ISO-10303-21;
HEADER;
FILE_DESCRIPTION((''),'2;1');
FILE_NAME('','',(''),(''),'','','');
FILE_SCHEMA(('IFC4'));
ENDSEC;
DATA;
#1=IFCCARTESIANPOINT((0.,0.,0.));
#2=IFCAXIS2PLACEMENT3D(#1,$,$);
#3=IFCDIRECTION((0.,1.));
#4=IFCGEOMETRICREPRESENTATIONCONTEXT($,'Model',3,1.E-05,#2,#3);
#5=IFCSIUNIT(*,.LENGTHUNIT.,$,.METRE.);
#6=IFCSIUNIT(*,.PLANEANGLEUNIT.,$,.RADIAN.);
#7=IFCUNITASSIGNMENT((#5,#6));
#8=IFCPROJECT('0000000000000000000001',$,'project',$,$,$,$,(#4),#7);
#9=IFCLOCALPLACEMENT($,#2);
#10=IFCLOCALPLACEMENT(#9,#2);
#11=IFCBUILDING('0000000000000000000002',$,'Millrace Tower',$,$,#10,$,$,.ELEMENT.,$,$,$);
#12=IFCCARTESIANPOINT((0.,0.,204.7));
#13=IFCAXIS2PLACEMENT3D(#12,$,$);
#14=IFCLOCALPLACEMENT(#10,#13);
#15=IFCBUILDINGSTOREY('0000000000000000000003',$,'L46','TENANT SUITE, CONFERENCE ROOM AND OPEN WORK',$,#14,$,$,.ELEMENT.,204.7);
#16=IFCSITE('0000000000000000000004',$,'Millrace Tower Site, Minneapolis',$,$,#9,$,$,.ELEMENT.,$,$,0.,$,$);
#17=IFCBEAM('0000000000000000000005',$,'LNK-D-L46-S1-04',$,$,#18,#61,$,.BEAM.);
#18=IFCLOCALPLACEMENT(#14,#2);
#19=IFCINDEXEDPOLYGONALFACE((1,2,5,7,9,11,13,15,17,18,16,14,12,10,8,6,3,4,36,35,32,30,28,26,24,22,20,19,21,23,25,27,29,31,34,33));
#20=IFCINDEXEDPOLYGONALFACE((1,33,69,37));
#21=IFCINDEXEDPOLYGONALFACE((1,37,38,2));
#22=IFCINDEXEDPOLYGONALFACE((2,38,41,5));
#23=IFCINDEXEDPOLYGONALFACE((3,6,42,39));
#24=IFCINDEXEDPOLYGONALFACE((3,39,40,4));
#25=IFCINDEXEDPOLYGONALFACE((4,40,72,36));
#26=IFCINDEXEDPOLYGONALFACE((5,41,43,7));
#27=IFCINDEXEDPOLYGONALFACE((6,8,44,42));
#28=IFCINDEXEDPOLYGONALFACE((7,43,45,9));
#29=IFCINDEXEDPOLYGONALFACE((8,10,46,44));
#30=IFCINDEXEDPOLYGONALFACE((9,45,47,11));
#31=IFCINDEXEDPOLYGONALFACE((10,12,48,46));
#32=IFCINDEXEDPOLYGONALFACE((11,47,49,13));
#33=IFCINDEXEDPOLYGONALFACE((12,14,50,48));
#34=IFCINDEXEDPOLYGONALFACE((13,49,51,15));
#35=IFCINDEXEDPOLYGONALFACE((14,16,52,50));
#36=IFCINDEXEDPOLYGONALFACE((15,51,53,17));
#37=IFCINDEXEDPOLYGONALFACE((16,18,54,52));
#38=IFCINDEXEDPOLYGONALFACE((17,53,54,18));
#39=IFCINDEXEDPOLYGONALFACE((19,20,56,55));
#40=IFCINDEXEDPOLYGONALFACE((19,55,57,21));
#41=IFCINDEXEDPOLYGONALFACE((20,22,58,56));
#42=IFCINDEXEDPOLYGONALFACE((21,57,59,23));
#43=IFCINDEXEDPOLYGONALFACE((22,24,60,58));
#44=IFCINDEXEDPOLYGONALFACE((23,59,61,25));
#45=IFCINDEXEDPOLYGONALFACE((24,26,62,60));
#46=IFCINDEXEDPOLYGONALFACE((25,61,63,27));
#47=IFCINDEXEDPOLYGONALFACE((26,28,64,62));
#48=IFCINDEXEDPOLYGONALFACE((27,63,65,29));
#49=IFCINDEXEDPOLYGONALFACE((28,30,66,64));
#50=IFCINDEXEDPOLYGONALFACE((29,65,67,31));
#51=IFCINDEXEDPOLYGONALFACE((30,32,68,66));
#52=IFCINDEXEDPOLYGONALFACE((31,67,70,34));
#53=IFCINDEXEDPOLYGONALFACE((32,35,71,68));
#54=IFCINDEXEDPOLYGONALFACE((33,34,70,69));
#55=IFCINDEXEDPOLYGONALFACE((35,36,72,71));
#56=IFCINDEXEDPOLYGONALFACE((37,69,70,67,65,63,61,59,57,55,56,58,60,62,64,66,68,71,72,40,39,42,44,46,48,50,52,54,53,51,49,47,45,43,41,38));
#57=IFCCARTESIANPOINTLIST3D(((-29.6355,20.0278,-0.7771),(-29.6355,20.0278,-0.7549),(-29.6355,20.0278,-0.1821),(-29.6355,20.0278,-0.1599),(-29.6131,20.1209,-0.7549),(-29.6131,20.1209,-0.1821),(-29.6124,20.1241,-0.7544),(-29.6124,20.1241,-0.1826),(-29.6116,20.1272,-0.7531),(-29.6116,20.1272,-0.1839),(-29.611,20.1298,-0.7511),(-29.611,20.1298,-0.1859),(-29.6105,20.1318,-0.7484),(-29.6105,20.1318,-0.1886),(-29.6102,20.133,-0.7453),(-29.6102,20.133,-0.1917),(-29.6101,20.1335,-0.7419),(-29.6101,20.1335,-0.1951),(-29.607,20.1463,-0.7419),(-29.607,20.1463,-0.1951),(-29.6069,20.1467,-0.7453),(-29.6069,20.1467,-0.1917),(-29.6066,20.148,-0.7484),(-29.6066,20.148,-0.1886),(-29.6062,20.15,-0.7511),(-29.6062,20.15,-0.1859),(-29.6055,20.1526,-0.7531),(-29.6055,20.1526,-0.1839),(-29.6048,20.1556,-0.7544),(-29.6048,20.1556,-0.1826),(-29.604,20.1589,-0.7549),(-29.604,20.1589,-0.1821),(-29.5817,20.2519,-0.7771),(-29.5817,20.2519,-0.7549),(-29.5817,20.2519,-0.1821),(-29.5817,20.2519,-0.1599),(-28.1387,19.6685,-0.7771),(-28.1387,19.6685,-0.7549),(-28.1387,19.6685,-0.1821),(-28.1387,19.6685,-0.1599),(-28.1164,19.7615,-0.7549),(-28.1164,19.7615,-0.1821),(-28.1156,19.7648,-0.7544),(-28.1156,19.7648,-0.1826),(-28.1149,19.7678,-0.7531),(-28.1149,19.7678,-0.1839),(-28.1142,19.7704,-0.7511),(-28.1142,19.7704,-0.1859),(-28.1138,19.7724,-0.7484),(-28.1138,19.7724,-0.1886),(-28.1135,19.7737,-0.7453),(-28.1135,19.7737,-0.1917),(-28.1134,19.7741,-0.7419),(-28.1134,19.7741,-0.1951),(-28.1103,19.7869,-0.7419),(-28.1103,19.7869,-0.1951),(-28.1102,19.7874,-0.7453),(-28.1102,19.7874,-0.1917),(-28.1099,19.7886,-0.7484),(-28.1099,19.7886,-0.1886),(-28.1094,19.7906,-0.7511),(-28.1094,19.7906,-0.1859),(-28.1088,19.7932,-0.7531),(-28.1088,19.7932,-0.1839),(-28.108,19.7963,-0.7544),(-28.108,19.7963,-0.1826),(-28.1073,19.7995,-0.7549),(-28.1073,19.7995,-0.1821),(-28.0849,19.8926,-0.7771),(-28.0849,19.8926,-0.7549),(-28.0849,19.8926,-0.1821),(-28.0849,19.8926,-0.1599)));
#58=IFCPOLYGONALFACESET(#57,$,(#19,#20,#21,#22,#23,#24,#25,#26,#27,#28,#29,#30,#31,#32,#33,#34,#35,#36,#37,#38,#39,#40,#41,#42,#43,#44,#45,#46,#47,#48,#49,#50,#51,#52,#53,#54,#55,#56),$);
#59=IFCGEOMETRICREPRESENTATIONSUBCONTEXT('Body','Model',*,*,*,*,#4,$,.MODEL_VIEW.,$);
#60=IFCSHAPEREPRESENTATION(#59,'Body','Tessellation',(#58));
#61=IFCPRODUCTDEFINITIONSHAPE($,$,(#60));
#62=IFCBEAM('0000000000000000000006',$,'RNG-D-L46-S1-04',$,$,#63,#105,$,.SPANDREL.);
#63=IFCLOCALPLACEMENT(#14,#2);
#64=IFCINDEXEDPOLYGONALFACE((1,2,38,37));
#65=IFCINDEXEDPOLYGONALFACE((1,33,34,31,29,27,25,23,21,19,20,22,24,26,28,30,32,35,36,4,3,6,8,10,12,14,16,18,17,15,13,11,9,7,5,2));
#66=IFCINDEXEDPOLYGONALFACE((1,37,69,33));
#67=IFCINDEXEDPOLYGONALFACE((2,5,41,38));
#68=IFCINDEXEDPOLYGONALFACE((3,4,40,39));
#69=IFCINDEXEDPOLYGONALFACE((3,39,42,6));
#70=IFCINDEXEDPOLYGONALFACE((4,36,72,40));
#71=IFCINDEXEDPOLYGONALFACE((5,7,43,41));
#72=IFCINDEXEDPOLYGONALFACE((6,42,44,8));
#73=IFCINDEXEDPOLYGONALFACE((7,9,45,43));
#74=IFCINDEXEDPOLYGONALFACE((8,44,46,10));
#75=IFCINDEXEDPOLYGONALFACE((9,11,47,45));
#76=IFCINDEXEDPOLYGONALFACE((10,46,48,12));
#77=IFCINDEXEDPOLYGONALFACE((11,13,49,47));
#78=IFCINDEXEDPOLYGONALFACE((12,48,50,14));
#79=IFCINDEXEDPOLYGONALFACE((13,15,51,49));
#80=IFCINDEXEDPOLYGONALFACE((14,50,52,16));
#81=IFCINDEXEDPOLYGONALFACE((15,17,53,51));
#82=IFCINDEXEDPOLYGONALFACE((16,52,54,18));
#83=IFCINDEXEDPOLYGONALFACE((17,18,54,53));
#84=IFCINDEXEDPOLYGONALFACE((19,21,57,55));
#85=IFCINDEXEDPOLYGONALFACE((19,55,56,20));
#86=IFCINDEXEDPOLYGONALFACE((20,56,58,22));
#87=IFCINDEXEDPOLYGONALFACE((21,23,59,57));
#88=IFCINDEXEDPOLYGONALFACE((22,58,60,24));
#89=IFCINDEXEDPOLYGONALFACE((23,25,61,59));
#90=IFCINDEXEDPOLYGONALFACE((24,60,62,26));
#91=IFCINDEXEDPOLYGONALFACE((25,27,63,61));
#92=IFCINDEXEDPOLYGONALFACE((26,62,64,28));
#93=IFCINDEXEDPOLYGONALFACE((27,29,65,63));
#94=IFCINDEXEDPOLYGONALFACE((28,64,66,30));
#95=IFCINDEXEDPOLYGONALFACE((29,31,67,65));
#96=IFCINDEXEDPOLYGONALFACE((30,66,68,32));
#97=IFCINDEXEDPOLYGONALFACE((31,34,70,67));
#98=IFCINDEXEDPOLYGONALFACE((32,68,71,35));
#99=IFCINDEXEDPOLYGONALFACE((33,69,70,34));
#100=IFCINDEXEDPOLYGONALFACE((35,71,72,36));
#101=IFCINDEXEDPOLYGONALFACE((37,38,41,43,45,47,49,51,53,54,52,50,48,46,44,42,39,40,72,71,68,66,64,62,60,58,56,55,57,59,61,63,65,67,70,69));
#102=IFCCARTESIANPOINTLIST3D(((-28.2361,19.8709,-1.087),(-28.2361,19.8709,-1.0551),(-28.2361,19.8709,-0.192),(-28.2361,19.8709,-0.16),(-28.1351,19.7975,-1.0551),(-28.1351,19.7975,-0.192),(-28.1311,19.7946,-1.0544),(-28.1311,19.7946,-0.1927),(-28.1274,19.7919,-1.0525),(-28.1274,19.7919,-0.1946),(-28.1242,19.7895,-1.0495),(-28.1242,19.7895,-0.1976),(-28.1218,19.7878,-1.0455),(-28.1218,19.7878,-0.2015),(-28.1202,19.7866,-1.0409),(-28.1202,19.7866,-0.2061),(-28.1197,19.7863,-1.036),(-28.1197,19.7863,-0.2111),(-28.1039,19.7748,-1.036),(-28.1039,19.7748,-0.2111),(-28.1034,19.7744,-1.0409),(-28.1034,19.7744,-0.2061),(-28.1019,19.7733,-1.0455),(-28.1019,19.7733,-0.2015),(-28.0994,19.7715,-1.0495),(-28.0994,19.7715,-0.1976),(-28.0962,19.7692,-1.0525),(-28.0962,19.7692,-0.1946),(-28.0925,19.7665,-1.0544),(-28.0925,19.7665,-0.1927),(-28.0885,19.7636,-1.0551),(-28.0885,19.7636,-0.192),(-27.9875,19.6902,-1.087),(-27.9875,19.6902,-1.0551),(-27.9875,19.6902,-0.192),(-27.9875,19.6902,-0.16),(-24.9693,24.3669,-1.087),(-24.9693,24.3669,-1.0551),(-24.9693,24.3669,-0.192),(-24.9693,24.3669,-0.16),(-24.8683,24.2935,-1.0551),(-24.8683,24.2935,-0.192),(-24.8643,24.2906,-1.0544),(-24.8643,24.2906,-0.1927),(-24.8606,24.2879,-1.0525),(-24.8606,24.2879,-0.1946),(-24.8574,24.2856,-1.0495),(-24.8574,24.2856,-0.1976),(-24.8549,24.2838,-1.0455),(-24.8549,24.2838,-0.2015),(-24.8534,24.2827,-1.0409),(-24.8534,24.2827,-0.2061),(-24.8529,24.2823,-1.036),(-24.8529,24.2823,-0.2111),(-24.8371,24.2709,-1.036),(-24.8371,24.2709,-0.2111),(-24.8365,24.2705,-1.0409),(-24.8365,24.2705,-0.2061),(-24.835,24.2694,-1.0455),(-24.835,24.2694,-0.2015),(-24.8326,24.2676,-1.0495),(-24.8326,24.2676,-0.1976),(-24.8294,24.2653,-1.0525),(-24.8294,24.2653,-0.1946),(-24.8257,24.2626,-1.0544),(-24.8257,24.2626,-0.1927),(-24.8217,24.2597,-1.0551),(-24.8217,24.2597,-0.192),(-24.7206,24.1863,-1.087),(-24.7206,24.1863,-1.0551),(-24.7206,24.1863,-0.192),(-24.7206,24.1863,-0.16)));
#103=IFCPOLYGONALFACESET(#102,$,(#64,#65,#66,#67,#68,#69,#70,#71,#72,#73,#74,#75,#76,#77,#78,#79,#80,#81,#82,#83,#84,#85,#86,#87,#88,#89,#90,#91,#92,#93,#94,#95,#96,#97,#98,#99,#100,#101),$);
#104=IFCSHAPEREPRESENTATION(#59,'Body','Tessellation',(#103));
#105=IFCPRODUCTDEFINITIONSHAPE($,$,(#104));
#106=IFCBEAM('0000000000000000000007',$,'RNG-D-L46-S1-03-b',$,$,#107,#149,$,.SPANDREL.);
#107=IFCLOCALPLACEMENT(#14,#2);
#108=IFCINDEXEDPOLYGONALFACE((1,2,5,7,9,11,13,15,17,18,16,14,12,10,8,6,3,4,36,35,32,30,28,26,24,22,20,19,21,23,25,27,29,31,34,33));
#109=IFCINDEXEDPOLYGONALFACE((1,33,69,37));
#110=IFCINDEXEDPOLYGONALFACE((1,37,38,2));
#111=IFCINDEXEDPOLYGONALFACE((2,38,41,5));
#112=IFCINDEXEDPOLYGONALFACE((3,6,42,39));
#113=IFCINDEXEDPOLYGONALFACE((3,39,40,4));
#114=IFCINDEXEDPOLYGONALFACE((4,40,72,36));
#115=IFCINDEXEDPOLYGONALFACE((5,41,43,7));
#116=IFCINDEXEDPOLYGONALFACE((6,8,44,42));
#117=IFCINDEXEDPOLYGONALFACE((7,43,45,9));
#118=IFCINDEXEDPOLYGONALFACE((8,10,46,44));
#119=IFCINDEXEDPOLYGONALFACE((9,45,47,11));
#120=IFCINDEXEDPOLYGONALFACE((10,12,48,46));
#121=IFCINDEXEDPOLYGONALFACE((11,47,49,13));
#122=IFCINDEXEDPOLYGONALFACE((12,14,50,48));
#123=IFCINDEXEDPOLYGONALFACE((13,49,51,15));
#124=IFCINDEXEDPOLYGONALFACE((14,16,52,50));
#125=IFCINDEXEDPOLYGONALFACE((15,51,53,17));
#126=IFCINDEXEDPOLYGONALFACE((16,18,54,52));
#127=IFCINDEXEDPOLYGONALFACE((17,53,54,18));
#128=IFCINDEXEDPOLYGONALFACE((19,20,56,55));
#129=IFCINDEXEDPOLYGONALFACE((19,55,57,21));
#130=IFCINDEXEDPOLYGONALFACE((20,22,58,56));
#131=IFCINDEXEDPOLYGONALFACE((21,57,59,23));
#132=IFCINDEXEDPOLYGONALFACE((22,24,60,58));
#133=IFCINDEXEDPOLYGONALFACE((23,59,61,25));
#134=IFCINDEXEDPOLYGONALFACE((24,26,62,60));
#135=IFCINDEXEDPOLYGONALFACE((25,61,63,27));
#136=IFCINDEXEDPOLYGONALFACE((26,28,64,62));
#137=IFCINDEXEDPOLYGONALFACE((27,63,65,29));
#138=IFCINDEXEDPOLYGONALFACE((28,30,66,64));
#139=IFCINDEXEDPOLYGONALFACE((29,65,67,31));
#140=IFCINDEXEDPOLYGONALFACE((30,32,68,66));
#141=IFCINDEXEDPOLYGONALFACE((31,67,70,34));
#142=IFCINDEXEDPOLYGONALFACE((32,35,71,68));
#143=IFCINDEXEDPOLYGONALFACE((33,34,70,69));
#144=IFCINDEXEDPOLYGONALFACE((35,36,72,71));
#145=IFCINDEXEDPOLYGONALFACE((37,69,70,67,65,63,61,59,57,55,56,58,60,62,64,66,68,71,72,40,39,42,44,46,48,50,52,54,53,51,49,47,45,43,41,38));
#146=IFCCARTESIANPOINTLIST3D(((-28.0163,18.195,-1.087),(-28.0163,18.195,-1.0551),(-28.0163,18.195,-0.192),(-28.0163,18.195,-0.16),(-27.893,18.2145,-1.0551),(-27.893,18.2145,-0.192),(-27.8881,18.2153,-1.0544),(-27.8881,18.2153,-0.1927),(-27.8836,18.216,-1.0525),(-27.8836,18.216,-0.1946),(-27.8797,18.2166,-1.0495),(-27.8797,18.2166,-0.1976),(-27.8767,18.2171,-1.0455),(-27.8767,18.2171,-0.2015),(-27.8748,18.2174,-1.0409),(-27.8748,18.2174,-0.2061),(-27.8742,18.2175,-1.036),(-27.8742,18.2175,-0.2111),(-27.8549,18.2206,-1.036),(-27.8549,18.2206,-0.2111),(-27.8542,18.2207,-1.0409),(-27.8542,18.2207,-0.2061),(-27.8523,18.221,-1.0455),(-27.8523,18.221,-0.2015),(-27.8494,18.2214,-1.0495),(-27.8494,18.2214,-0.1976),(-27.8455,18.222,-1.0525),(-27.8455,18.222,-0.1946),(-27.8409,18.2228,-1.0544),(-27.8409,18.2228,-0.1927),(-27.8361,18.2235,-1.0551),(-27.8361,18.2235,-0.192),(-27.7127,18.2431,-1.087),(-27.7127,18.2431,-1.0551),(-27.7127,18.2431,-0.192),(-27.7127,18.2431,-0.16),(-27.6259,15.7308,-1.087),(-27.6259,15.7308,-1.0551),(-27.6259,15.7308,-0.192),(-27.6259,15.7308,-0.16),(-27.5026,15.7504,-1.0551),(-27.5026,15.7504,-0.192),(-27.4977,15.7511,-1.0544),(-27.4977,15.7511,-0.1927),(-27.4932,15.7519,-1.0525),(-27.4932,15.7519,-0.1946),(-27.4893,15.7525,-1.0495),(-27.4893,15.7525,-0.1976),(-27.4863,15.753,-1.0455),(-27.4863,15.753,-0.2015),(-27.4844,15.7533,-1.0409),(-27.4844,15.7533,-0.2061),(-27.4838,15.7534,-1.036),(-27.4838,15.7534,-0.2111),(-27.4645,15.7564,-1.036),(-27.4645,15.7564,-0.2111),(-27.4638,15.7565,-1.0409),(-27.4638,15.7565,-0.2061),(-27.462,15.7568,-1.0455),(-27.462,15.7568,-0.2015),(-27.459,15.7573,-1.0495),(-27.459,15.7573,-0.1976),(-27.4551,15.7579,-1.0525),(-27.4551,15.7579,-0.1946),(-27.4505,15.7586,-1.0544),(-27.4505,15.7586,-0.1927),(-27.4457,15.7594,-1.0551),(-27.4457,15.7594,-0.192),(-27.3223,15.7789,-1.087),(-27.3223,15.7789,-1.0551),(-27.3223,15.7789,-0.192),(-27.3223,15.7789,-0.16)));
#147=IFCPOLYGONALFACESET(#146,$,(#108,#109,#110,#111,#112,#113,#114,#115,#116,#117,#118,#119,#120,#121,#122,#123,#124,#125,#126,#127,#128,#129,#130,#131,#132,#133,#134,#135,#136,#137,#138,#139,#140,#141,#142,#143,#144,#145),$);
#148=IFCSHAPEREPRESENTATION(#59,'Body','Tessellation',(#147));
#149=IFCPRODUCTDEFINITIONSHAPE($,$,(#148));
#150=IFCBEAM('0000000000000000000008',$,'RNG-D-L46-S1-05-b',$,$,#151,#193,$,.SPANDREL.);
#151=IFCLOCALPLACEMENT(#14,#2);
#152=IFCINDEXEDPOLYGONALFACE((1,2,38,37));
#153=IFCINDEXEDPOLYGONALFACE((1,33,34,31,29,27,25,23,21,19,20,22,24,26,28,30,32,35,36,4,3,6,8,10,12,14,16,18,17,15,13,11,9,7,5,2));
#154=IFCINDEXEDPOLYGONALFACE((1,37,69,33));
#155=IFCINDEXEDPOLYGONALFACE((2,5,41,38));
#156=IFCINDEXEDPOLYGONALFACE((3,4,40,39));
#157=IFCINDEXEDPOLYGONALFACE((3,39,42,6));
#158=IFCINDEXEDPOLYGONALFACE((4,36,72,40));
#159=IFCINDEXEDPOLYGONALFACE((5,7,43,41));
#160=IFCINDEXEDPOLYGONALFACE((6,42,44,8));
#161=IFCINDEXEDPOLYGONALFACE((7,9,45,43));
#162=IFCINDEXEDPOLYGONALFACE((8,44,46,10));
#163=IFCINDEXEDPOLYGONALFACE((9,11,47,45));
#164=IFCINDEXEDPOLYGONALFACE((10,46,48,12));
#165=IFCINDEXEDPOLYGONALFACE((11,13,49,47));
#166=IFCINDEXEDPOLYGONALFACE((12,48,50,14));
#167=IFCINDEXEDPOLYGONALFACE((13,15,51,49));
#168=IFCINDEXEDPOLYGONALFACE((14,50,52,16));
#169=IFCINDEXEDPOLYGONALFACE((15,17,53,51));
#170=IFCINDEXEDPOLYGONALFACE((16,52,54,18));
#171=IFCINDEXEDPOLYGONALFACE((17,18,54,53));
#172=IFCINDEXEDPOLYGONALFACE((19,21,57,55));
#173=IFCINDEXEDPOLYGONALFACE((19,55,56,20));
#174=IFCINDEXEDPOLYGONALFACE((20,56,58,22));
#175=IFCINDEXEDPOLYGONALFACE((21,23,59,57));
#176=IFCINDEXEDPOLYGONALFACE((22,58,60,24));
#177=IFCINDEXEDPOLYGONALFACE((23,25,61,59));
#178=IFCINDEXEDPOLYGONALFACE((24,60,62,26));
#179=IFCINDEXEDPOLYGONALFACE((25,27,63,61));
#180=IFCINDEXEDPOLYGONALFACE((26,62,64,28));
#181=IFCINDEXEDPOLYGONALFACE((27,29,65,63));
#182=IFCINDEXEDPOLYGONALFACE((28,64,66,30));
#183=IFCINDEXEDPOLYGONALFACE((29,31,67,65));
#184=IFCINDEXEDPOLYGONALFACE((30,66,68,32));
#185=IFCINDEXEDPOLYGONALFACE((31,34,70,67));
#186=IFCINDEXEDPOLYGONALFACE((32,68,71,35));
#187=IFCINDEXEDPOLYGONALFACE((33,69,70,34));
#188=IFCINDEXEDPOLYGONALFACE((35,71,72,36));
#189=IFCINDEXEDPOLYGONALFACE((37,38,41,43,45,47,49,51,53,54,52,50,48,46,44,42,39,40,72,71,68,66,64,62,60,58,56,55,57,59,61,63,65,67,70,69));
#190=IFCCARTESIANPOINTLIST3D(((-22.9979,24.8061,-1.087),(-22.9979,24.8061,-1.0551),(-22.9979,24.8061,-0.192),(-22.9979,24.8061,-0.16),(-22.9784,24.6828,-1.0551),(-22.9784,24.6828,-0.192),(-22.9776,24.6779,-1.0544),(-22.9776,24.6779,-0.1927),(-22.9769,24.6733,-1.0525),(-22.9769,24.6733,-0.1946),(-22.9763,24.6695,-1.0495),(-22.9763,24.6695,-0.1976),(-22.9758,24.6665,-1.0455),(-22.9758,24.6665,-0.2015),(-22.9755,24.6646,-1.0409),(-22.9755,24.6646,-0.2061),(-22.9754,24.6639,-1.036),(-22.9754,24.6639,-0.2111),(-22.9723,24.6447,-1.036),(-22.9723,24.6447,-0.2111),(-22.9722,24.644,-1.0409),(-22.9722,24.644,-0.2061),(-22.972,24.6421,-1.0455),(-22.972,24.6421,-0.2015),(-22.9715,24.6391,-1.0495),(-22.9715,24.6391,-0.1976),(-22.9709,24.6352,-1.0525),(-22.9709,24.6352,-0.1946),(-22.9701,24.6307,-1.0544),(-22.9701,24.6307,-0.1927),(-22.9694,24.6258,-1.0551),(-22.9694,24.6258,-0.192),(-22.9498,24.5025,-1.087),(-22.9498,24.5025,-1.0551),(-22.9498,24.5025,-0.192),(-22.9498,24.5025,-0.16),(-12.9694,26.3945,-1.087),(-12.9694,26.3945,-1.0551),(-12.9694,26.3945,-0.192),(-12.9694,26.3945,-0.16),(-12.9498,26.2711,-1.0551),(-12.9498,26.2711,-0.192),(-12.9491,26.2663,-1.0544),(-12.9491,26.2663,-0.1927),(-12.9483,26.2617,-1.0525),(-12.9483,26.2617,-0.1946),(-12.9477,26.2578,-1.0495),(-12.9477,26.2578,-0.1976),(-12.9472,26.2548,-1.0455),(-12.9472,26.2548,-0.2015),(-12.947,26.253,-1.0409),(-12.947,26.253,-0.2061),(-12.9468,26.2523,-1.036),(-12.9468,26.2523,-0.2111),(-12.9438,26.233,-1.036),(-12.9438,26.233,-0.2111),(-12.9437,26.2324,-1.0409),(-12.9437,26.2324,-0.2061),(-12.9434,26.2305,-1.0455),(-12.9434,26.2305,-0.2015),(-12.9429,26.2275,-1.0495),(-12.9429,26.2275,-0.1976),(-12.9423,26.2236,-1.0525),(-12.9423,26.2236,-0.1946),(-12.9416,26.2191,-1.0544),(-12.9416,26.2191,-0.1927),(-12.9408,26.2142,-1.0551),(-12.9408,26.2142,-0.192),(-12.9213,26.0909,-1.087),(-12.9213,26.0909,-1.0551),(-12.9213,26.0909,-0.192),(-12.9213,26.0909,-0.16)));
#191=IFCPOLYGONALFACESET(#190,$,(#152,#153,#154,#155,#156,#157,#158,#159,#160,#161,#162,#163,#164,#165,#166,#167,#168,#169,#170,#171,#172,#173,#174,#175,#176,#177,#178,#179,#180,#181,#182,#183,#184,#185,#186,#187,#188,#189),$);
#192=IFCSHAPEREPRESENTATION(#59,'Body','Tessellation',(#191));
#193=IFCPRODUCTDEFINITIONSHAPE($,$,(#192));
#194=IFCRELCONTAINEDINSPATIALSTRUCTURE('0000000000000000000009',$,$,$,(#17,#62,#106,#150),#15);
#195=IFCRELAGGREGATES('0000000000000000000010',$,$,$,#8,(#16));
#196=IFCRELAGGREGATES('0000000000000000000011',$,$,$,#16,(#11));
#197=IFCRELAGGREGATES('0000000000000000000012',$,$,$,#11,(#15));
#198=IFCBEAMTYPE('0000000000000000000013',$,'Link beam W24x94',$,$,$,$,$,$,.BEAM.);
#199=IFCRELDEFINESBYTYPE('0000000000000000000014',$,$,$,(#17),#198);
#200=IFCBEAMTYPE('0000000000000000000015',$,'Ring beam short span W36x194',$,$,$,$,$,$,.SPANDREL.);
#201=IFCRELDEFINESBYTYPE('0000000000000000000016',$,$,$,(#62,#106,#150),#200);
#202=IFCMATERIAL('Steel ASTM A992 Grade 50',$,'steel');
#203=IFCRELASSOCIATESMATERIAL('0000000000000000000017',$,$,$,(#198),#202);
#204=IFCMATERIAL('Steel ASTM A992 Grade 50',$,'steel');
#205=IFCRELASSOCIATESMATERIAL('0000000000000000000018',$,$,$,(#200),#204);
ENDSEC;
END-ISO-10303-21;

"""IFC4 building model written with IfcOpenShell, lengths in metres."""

from ifc_helpers import new_model, si_unit, direction, frame, origin, origin_2d, place, context, subcontext, project, spatial, i_section, extrude, material, material_profile, profile_set, type_object, element, save


model = new_model("IFC4")

# Units and contexts
model_context = context("Model", 3, precision=1e-05, world=origin(), true_north=direction((0.0, 1.0)))
body_context = subcontext(model_context, "Body", "Model", "MODEL_VIEW")
ifc_project = project(units=[si_unit("LENGTHUNIT", "METRE"), si_unit("PLANEANGLEUNIT", "RADIAN")], contexts=[model_context])

# Site, building, storey
site_placement = place(None, origin())
site = spatial("IfcSite", under=ifc_project, at=site_placement, Name="Millrace Tower Site, Minneapolis", CompositionType="ELEMENT", RefElevation=0.0)
building_placement = place(site_placement, origin())
building = spatial("IfcBuilding", under=site, at=building_placement, Name="Millrace Tower", CompositionType="ELEMENT")
storey_placement = place(building_placement, frame((0.0, 0.0, 204.7)))
storey = spatial("IfcBuildingStorey", under=building, at=storey_placement, Name="L46", Description="TENANT SUITE, CONFERENCE ROOM AND OPEN WORK", CompositionType="ELEMENT", Elevation=204.7)

# Beams
ifc_material_1 = material(Name="Steel ASTM A992 Grade 50", Category="steel")
ifc_material_profile_1 = material_profile(ifc_material_1, i_section(OverallWidth=0.2305, OverallDepth=0.6172, WebThickness=0.0132, FlangeThickness=0.0222, FilletRadius=0.0129, at=origin_2d()))
ifc_profile_set_1 = profile_set([ifc_material_profile_1], Name="Steel ASTM A992 Grade 50")
beam_type_1 = type_object("IfcBeamType", Name="Link beam W24x94", PredefinedType="BEAM", material=ifc_profile_set_1)
beam_1_placement = place(storey_placement, frame((-28.1118, 19.7805, -0.4685), z_axis=(-0.972367, 0.233457, 0.0), x_axis=(-0.233457, -0.972367, 0.0)))
element("IfcBeam", 1, at=beam_1_placement, inside=storey, type_object=beam_type_1, Name="LNK-D-L46-S1-04", PredefinedType="BEAM", context=body_context, shape_type="SweptSolid", body=[
    extrude(i_section(OverallWidth=0.2305, OverallDepth=0.6172, WebThickness=0.0132, FlangeThickness=0.0222, FilletRadius=0.0129, at=origin_2d()), origin(), (0.0, 0.0, 1.0), 1.5393),
])
ifc_material_2 = material(Name="Steel ASTM A992 Grade 50", Category="steel")
ifc_material_profile_2 = material_profile(ifc_material_2, i_section(OverallWidth=0.3074, OverallDepth=0.927, WebThickness=0.0195, FlangeThickness=0.032, FilletRadius=0.019, at=origin_2d()))
ifc_profile_set_2 = profile_set([ifc_material_profile_2], Name="Steel ASTM A992 Grade 50")
beam_type_2 = type_object("IfcBeamType", Name="Ring beam short span W36x194", PredefinedType="SPANDREL", material=ifc_profile_set_2)
beam_2_placement = place(storey_placement, frame((-28.1118, 19.7805, -0.6235), z_axis=(0.587814, 0.808996, 0.0), x_axis=(-0.808996, 0.587814, 0.0)))
element("IfcBeam", 2, at=beam_2_placement, inside=storey, type_object=beam_type_2, Name="RNG-D-L46-S1-04", PredefinedType="SPANDREL", context=body_context, shape_type="SweptSolid", body=[
    extrude(i_section(OverallWidth=0.3074, OverallDepth=0.927, WebThickness=0.0195, FlangeThickness=0.032, FilletRadius=0.019, at=origin_2d()), origin(), (0.0, 0.0, 1.0), 5.5576),
])
beam_3_placement = place(storey_placement, frame((-27.4741, 15.7549, -0.6235), z_axis=(-0.156475, 0.987682, 0.0), x_axis=(-0.987682, -0.156475, 0.0)))
element("IfcBeam", 3, at=beam_3_placement, inside=storey, type_object=beam_type_2, Name="RNG-D-L46-S1-03-b", PredefinedType="SPANDREL", context=body_context, shape_type="SweptSolid", body=[
    extrude(i_section(OverallWidth=0.3074, OverallDepth=0.927, WebThickness=0.0195, FlangeThickness=0.032, FilletRadius=0.019, at=origin_2d()), origin(), (0.0, 0.0, 1.0), 2.4949),
])
beam_4_placement = place(storey_placement, frame((-22.9739, 24.6543, -0.6235), z_axis=(0.987688, 0.156435, 0.0), x_axis=(-0.156435, 0.987688, 0.0)))
element("IfcBeam", 4, at=beam_4_placement, inside=storey, type_object=beam_type_2, Name="RNG-D-L46-S1-05-b", PredefinedType="SPANDREL", context=body_context, shape_type="SweptSolid", body=[
    extrude(i_section(OverallWidth=0.3074, OverallDepth=0.927, WebThickness=0.0195, FlangeThickness=0.032, FilletRadius=0.019, at=origin_2d()), origin(), (0.0, 0.0, 1.0), 10.1536),
])

save(model, "model.ifc")
